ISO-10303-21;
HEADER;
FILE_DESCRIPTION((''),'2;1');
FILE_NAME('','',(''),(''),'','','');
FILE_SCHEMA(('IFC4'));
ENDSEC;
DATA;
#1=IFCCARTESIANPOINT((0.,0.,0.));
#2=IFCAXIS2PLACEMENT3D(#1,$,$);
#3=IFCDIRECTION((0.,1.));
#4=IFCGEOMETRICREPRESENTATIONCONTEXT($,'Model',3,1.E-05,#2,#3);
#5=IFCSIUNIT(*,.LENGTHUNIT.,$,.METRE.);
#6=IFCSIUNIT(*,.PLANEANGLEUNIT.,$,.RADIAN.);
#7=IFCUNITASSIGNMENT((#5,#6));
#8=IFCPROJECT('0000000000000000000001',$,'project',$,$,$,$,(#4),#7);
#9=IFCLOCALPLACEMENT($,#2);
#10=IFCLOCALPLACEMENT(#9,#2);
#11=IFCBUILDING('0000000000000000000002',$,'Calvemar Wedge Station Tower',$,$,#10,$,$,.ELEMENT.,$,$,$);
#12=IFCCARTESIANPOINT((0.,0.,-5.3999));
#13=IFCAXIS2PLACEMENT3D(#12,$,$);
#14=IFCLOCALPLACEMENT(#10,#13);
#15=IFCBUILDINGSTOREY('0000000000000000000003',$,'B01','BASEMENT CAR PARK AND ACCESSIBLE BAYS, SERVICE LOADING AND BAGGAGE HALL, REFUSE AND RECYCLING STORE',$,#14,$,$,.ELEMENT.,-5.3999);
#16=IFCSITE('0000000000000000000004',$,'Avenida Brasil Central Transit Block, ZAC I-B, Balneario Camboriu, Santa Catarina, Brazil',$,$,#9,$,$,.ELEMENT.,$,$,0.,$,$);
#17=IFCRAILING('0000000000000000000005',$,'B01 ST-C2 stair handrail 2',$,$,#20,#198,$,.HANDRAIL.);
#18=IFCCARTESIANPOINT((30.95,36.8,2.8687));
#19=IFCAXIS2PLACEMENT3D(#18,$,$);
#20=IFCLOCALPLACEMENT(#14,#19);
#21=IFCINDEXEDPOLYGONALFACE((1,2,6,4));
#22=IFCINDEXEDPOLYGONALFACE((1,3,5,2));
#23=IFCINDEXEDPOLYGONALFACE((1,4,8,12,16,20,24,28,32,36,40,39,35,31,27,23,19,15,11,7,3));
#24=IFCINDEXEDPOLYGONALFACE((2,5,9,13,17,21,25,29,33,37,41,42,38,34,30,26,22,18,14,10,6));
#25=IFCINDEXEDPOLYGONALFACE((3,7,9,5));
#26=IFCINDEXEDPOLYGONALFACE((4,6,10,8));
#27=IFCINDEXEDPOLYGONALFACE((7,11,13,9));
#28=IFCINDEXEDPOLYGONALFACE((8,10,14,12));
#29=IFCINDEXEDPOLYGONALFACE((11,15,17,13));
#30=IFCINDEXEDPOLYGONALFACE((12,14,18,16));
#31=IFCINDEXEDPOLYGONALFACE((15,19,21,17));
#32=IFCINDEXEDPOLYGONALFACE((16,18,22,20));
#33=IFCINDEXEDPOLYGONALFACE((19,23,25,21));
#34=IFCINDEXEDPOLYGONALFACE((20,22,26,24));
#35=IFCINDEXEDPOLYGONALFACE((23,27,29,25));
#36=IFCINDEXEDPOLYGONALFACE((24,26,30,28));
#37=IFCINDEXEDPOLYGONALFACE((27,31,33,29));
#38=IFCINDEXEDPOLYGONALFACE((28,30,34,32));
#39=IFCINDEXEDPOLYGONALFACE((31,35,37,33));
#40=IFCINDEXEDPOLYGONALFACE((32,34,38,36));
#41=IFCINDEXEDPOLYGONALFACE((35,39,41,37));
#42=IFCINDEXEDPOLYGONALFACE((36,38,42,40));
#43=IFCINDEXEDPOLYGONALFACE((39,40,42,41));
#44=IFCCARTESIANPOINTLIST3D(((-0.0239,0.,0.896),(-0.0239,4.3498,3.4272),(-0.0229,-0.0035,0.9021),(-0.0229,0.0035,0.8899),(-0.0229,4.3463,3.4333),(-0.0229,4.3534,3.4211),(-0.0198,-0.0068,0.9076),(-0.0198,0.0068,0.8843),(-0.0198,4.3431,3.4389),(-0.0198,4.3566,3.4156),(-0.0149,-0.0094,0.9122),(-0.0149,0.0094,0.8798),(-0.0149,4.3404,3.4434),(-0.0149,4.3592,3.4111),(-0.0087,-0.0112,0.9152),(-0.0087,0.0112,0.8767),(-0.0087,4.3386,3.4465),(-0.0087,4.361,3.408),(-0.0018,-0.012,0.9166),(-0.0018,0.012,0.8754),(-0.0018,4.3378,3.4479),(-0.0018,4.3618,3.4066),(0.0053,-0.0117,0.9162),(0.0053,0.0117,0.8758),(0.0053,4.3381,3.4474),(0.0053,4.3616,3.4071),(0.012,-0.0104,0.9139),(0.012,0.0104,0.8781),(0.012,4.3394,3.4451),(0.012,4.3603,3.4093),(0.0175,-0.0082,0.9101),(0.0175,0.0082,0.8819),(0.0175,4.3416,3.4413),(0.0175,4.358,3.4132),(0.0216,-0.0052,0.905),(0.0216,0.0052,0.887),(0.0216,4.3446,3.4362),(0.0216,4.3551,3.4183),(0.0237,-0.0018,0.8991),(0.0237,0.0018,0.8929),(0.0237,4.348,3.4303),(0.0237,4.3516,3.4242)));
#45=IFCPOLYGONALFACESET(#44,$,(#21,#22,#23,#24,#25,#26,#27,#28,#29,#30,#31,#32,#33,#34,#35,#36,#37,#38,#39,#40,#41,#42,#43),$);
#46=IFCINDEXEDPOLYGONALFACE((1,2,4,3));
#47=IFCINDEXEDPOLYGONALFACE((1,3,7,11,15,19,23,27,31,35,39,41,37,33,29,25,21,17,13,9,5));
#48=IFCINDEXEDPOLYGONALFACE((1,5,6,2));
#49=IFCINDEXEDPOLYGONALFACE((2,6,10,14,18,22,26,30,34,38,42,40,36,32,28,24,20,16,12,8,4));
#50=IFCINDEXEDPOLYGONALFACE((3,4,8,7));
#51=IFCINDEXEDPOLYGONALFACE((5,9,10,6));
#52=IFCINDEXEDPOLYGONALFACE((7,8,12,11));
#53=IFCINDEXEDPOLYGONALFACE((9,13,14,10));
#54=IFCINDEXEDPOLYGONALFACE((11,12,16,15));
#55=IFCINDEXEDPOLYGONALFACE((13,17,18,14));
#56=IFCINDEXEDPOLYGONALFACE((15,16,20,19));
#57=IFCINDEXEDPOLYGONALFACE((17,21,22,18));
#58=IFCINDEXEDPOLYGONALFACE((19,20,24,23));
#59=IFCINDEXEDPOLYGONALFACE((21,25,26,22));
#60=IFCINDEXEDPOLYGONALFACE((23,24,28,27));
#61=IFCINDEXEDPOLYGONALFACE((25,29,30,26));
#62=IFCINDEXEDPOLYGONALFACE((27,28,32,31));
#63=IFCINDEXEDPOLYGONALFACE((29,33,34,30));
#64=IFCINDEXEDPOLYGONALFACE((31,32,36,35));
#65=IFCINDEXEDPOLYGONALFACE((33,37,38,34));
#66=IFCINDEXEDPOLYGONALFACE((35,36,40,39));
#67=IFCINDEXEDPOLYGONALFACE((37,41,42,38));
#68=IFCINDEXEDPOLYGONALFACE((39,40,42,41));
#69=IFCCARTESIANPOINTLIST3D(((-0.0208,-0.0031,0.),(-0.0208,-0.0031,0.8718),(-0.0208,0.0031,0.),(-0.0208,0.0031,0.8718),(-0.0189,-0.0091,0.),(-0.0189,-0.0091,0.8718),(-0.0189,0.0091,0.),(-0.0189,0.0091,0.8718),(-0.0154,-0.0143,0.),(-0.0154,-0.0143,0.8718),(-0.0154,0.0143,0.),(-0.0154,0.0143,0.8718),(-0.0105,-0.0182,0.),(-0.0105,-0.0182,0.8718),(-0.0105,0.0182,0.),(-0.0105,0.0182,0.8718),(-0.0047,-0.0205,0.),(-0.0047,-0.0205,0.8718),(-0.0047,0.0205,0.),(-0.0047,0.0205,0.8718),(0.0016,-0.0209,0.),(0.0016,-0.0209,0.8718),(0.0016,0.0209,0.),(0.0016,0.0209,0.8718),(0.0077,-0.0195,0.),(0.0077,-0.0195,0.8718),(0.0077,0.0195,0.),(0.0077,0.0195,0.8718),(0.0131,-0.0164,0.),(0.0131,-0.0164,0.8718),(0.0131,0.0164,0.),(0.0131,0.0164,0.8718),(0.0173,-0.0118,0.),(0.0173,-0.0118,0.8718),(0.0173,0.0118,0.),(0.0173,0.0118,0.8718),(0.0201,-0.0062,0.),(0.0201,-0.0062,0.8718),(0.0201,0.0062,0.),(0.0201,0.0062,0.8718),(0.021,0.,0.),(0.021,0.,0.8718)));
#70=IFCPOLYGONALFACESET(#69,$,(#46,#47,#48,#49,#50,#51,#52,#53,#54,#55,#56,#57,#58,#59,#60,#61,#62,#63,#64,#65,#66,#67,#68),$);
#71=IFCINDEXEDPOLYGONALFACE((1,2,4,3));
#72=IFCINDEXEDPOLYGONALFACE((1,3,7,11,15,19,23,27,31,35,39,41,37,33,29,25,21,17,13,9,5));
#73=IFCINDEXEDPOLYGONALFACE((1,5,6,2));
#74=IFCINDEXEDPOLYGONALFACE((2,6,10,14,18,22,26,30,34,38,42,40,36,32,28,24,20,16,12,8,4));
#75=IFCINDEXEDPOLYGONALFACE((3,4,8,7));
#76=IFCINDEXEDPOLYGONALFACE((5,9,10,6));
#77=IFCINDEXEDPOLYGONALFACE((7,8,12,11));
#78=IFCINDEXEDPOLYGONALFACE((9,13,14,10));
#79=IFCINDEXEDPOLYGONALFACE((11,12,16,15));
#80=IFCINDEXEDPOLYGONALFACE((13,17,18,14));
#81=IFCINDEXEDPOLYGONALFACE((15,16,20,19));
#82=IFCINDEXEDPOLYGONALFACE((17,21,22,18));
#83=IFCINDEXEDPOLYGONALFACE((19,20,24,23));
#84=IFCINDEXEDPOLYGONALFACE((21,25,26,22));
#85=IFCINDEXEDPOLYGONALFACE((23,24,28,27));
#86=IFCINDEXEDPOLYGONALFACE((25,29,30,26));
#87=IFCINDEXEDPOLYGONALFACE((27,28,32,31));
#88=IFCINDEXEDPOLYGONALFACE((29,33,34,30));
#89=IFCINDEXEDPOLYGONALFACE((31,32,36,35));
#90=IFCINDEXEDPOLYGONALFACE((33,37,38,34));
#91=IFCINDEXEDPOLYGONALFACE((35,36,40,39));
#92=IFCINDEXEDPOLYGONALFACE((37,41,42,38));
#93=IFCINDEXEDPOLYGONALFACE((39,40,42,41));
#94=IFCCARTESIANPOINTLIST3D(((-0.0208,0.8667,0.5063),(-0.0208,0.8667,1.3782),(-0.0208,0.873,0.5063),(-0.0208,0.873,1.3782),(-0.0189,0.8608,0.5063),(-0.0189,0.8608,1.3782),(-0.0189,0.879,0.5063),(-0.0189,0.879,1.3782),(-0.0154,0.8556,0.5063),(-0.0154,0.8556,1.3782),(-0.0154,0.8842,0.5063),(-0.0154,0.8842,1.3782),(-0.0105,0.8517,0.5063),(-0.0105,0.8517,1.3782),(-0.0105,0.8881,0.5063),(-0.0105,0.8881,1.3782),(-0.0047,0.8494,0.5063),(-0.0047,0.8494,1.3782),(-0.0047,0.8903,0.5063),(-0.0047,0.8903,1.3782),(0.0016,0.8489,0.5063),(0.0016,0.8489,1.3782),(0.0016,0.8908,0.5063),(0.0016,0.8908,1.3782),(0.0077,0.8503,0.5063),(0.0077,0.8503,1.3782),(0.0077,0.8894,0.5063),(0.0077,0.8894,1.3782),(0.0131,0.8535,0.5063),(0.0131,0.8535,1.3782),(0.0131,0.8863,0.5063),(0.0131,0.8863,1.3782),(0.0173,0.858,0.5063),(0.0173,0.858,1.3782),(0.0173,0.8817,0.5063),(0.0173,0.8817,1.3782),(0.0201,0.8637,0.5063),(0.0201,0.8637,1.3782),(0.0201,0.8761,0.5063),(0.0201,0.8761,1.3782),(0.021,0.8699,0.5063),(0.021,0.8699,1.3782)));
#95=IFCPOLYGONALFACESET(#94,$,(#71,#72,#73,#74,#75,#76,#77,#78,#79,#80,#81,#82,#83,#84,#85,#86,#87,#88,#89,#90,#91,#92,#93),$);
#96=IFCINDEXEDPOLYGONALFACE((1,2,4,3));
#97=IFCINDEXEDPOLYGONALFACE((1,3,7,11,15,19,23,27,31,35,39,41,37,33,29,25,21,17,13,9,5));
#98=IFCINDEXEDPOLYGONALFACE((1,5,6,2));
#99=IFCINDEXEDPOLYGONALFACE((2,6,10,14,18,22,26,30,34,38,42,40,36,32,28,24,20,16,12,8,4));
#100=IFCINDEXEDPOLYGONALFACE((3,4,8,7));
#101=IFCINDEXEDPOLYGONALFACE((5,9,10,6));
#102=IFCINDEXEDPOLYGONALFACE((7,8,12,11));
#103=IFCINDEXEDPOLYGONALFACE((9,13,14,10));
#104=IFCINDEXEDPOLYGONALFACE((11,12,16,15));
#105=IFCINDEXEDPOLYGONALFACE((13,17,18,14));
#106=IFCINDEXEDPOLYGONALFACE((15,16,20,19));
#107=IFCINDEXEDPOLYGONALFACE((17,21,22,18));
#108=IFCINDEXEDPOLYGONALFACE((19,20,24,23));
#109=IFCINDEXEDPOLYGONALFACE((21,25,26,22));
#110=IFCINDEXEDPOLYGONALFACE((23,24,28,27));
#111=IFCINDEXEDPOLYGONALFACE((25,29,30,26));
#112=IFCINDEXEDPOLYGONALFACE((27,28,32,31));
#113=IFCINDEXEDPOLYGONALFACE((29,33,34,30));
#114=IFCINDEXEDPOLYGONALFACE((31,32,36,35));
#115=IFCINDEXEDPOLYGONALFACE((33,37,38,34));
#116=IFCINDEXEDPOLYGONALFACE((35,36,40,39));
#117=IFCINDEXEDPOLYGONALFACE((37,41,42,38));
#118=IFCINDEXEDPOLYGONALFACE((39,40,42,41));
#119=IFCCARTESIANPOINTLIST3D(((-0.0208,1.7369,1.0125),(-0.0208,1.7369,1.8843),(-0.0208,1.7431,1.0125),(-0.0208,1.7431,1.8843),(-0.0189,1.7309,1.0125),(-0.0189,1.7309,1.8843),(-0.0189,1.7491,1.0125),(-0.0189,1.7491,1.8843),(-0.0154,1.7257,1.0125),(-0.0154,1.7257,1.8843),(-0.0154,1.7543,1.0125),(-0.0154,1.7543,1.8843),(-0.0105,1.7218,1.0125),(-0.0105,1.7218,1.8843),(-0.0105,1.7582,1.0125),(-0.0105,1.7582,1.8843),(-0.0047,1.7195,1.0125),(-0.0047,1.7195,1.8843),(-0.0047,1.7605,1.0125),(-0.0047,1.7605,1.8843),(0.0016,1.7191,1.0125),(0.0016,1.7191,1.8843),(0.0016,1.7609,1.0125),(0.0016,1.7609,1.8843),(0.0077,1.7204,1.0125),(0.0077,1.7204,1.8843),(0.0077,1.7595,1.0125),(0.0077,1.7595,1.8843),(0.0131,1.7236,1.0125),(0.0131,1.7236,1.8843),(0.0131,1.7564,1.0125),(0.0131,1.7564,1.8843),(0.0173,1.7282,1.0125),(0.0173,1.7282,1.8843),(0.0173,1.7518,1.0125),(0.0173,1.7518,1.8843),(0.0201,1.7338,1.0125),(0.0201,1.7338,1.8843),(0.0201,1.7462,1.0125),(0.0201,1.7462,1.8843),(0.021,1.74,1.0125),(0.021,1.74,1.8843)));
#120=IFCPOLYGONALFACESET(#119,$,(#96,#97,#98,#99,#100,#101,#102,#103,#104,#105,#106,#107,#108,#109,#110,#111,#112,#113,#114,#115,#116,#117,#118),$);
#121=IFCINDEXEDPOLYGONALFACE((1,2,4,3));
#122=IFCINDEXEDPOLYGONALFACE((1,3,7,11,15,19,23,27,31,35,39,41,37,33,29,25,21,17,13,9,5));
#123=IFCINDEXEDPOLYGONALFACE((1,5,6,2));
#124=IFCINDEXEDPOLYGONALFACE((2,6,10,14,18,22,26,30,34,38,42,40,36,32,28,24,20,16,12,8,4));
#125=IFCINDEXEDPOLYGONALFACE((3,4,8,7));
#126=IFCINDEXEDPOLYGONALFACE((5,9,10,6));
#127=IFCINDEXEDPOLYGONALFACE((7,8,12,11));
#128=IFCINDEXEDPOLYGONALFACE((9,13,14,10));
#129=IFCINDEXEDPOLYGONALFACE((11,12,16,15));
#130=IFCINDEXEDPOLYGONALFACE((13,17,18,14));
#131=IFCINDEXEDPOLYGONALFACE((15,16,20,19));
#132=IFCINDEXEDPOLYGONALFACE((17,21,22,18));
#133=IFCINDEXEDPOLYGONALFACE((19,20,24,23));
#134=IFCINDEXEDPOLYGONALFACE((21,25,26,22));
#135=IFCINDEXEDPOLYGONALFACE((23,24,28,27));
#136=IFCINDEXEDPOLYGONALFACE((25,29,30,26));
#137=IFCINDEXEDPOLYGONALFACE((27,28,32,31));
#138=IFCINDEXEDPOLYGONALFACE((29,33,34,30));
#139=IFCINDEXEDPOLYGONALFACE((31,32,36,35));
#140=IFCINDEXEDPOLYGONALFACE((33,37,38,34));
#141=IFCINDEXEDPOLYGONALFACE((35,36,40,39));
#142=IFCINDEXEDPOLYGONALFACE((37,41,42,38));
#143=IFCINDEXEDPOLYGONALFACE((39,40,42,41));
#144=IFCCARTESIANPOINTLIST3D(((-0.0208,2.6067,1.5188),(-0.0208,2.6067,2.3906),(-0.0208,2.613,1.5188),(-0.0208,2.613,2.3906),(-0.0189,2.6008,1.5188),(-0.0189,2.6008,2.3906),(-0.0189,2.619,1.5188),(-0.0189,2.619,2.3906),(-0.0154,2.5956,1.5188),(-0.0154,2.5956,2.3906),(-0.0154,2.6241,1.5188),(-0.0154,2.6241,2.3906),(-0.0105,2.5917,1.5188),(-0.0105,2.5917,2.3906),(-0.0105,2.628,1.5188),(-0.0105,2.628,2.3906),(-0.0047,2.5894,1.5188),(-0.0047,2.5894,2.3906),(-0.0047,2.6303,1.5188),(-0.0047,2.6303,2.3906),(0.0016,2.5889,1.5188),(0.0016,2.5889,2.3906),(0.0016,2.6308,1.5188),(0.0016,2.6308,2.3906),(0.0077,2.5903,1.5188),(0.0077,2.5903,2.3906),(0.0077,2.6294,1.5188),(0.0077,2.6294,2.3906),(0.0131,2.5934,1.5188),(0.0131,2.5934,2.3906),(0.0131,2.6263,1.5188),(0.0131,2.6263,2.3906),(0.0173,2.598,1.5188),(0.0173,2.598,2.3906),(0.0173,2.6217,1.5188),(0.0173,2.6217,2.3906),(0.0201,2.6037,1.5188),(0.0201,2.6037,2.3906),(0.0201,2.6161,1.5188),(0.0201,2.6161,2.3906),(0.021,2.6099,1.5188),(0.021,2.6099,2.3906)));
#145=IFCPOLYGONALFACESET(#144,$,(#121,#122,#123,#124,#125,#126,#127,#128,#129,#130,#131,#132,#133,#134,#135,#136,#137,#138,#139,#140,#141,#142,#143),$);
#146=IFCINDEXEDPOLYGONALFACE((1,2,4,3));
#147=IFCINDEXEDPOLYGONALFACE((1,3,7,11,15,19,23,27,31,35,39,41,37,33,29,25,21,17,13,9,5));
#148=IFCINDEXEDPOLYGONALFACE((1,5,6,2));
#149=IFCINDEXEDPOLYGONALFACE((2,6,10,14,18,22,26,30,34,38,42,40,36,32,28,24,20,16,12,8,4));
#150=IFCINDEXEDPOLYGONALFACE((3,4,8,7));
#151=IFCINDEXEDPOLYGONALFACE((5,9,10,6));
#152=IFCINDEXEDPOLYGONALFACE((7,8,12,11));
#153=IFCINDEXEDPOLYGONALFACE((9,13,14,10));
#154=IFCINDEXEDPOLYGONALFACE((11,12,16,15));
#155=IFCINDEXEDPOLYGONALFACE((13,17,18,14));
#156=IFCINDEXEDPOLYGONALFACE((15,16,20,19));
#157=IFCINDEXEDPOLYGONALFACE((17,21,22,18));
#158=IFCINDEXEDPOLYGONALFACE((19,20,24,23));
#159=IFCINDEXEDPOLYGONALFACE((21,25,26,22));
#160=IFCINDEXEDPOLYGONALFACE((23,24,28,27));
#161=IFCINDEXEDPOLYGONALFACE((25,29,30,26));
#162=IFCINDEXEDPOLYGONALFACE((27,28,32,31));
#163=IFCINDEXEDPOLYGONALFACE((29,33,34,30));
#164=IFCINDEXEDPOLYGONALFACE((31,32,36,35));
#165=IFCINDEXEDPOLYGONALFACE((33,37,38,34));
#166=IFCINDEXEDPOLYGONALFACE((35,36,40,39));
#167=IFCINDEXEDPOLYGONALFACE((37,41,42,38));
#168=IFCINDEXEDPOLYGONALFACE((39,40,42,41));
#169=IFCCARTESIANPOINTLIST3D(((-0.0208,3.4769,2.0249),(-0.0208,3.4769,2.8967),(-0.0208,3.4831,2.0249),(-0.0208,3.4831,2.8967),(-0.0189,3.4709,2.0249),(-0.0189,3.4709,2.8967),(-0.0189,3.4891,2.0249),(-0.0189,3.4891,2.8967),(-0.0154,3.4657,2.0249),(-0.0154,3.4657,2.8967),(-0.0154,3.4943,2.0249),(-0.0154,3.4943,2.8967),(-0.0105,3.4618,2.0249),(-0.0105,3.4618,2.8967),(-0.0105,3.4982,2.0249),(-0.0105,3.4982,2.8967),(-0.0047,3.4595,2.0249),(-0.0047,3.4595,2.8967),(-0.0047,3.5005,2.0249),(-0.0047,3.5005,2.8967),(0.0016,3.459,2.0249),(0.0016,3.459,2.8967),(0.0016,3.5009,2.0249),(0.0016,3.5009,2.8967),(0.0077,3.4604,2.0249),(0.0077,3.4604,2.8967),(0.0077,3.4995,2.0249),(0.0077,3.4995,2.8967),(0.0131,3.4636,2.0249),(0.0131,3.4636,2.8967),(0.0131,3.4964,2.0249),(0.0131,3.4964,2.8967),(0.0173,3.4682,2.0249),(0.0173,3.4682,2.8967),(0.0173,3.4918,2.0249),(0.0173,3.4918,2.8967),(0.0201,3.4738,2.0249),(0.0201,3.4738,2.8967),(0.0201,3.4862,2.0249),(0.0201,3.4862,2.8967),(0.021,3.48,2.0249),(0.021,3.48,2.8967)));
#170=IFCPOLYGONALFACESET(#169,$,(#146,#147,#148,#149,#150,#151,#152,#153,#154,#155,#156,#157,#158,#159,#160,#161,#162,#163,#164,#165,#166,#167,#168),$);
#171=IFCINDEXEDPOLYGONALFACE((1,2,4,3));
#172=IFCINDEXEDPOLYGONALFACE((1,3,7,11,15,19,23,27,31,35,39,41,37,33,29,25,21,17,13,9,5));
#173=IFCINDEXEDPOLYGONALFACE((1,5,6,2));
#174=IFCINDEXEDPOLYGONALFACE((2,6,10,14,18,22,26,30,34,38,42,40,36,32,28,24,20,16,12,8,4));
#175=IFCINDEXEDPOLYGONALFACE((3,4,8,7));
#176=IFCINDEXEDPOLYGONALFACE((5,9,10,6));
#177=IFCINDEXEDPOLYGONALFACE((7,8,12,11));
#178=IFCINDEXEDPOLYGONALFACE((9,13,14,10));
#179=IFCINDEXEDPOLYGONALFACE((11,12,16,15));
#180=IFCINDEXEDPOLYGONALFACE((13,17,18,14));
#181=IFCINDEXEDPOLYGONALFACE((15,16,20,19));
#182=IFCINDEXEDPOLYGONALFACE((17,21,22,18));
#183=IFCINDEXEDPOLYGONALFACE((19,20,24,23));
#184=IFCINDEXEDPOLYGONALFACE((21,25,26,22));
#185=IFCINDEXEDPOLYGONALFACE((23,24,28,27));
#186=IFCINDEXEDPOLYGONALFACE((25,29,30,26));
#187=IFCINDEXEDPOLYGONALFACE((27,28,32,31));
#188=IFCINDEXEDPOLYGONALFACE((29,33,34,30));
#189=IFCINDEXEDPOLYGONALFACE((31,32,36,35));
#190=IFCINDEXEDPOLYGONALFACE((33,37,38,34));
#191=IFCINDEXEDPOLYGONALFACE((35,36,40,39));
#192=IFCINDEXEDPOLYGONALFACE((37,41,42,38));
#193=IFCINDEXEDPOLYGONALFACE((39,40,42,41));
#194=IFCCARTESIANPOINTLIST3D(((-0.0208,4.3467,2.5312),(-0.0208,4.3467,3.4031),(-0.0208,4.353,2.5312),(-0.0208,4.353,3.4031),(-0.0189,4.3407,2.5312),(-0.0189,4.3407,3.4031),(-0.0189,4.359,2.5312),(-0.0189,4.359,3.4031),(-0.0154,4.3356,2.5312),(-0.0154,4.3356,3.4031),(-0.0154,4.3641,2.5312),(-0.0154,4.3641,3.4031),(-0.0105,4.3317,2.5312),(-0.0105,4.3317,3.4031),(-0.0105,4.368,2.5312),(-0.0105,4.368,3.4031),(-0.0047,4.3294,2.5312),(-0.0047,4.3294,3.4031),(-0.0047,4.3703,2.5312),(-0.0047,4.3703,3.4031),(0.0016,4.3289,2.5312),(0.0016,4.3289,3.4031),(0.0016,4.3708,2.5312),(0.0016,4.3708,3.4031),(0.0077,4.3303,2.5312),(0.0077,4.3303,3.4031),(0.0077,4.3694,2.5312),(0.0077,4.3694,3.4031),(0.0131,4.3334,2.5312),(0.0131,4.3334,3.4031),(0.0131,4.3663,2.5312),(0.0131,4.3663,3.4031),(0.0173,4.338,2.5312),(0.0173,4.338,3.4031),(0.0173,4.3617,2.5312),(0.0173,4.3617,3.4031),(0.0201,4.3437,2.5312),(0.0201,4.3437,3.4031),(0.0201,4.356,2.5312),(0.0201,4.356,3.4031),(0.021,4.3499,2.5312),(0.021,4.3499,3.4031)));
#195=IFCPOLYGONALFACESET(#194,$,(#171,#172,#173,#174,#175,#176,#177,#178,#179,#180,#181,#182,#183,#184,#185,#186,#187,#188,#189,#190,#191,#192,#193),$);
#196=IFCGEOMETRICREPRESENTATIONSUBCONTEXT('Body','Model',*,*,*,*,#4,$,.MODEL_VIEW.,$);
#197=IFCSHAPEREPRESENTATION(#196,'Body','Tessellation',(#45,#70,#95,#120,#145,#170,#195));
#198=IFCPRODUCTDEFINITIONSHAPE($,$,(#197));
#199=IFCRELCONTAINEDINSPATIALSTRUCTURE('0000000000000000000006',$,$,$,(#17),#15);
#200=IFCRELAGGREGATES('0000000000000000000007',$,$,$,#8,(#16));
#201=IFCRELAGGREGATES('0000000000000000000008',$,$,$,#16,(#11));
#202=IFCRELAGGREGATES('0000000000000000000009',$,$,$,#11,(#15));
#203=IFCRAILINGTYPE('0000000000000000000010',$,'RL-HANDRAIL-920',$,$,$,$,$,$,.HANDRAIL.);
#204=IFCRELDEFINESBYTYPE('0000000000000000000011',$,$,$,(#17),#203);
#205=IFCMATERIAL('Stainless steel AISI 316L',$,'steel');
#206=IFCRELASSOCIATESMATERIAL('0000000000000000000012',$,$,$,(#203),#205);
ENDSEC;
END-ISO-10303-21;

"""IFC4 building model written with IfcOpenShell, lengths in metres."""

from ifc_helpers import new_model, si_unit, direction, frame, origin, origin_2d, place, context, subcontext, project, spatial, circle, extrude, material, type_object, element, save


model = new_model("IFC4")

# Units and contexts
model_context = context("Model", 3, precision=1e-05, world=origin(), true_north=direction((0.0, 1.0)))
body_context = subcontext(model_context, "Body", "Model", "MODEL_VIEW")
ifc_project = project(units=[si_unit("LENGTHUNIT", "METRE"), si_unit("PLANEANGLEUNIT", "RADIAN")], contexts=[model_context])

# Site, building, storey
site_placement = place(None, origin())
site = spatial("IfcSite", under=ifc_project, at=site_placement, Name="Avenida Brasil Central Transit Block, ZAC I-B, Balneario Camboriu, Santa Catarina, Brazil", CompositionType="ELEMENT", RefElevation=0.0)
building_placement = place(site_placement, origin())
building = spatial("IfcBuilding", under=site, at=building_placement, Name="Calvemar Wedge Station Tower", CompositionType="ELEMENT")
storey_placement = place(building_placement, frame((0.0, 0.0, -5.3999)))
storey = spatial("IfcBuildingStorey", under=building, at=storey_placement, Name="B01", Description="BASEMENT CAR PARK AND ACCESSIBLE BAYS, SERVICE LOADING AND BAGGAGE HALL, REFUSE AND RECYCLING STORE", CompositionType="ELEMENT", Elevation=-5.3999)

# Railing
ifc_material_1 = material(Name="Stainless steel AISI 316L", Category="steel")
railing_type_1 = type_object("IfcRailingType", Name="RL-HANDRAIL-920", PredefinedType="HANDRAIL", material=ifc_material_1)
railing_1_placement = place(storey_placement, frame((30.95, 36.8, 2.8687)))
element("IfcRailing", 1, at=railing_1_placement, inside=storey, type_object=railing_type_1, Name="B01 ST-C2 stair handrail 2", PredefinedType="HANDRAIL", context=body_context, shape_type="SweptSolid", body=[
    extrude(circle(Radius=0.0239, at=origin_2d()), frame((0.0, 0.0, 0.896), z_axis=(0.0, 0.864312, 0.502957), x_axis=(-1.0, 0.0, 0.0)), (0.0, 0.0, 1.0), 5.0327),
    extrude(circle(Radius=0.021, at=origin_2d()), origin(), (0.0, 0.0, 1.0), 0.8718),
    extrude(circle(Radius=0.021, at=origin_2d()), frame((0.0, 0.8699, 0.5063)), (0.0, 0.0, 1.0), 0.8718),
    extrude(circle(Radius=0.021, at=origin_2d()), frame((0.0, 1.74, 1.0125)), (0.0, 0.0, 1.0), 0.8718),
    extrude(circle(Radius=0.021, at=origin_2d()), frame((0.0, 2.6099, 1.5188)), (0.0, 0.0, 1.0), 0.8718),
    extrude(circle(Radius=0.021, at=origin_2d()), frame((0.0, 3.48, 2.0249)), (0.0, 0.0, 1.0), 0.8718),
    extrude(circle(Radius=0.021, at=origin_2d()), frame((0.0, 4.3499, 2.5312)), (0.0, 0.0, 1.0), 0.8718),
])

save(model, "model.ifc")
